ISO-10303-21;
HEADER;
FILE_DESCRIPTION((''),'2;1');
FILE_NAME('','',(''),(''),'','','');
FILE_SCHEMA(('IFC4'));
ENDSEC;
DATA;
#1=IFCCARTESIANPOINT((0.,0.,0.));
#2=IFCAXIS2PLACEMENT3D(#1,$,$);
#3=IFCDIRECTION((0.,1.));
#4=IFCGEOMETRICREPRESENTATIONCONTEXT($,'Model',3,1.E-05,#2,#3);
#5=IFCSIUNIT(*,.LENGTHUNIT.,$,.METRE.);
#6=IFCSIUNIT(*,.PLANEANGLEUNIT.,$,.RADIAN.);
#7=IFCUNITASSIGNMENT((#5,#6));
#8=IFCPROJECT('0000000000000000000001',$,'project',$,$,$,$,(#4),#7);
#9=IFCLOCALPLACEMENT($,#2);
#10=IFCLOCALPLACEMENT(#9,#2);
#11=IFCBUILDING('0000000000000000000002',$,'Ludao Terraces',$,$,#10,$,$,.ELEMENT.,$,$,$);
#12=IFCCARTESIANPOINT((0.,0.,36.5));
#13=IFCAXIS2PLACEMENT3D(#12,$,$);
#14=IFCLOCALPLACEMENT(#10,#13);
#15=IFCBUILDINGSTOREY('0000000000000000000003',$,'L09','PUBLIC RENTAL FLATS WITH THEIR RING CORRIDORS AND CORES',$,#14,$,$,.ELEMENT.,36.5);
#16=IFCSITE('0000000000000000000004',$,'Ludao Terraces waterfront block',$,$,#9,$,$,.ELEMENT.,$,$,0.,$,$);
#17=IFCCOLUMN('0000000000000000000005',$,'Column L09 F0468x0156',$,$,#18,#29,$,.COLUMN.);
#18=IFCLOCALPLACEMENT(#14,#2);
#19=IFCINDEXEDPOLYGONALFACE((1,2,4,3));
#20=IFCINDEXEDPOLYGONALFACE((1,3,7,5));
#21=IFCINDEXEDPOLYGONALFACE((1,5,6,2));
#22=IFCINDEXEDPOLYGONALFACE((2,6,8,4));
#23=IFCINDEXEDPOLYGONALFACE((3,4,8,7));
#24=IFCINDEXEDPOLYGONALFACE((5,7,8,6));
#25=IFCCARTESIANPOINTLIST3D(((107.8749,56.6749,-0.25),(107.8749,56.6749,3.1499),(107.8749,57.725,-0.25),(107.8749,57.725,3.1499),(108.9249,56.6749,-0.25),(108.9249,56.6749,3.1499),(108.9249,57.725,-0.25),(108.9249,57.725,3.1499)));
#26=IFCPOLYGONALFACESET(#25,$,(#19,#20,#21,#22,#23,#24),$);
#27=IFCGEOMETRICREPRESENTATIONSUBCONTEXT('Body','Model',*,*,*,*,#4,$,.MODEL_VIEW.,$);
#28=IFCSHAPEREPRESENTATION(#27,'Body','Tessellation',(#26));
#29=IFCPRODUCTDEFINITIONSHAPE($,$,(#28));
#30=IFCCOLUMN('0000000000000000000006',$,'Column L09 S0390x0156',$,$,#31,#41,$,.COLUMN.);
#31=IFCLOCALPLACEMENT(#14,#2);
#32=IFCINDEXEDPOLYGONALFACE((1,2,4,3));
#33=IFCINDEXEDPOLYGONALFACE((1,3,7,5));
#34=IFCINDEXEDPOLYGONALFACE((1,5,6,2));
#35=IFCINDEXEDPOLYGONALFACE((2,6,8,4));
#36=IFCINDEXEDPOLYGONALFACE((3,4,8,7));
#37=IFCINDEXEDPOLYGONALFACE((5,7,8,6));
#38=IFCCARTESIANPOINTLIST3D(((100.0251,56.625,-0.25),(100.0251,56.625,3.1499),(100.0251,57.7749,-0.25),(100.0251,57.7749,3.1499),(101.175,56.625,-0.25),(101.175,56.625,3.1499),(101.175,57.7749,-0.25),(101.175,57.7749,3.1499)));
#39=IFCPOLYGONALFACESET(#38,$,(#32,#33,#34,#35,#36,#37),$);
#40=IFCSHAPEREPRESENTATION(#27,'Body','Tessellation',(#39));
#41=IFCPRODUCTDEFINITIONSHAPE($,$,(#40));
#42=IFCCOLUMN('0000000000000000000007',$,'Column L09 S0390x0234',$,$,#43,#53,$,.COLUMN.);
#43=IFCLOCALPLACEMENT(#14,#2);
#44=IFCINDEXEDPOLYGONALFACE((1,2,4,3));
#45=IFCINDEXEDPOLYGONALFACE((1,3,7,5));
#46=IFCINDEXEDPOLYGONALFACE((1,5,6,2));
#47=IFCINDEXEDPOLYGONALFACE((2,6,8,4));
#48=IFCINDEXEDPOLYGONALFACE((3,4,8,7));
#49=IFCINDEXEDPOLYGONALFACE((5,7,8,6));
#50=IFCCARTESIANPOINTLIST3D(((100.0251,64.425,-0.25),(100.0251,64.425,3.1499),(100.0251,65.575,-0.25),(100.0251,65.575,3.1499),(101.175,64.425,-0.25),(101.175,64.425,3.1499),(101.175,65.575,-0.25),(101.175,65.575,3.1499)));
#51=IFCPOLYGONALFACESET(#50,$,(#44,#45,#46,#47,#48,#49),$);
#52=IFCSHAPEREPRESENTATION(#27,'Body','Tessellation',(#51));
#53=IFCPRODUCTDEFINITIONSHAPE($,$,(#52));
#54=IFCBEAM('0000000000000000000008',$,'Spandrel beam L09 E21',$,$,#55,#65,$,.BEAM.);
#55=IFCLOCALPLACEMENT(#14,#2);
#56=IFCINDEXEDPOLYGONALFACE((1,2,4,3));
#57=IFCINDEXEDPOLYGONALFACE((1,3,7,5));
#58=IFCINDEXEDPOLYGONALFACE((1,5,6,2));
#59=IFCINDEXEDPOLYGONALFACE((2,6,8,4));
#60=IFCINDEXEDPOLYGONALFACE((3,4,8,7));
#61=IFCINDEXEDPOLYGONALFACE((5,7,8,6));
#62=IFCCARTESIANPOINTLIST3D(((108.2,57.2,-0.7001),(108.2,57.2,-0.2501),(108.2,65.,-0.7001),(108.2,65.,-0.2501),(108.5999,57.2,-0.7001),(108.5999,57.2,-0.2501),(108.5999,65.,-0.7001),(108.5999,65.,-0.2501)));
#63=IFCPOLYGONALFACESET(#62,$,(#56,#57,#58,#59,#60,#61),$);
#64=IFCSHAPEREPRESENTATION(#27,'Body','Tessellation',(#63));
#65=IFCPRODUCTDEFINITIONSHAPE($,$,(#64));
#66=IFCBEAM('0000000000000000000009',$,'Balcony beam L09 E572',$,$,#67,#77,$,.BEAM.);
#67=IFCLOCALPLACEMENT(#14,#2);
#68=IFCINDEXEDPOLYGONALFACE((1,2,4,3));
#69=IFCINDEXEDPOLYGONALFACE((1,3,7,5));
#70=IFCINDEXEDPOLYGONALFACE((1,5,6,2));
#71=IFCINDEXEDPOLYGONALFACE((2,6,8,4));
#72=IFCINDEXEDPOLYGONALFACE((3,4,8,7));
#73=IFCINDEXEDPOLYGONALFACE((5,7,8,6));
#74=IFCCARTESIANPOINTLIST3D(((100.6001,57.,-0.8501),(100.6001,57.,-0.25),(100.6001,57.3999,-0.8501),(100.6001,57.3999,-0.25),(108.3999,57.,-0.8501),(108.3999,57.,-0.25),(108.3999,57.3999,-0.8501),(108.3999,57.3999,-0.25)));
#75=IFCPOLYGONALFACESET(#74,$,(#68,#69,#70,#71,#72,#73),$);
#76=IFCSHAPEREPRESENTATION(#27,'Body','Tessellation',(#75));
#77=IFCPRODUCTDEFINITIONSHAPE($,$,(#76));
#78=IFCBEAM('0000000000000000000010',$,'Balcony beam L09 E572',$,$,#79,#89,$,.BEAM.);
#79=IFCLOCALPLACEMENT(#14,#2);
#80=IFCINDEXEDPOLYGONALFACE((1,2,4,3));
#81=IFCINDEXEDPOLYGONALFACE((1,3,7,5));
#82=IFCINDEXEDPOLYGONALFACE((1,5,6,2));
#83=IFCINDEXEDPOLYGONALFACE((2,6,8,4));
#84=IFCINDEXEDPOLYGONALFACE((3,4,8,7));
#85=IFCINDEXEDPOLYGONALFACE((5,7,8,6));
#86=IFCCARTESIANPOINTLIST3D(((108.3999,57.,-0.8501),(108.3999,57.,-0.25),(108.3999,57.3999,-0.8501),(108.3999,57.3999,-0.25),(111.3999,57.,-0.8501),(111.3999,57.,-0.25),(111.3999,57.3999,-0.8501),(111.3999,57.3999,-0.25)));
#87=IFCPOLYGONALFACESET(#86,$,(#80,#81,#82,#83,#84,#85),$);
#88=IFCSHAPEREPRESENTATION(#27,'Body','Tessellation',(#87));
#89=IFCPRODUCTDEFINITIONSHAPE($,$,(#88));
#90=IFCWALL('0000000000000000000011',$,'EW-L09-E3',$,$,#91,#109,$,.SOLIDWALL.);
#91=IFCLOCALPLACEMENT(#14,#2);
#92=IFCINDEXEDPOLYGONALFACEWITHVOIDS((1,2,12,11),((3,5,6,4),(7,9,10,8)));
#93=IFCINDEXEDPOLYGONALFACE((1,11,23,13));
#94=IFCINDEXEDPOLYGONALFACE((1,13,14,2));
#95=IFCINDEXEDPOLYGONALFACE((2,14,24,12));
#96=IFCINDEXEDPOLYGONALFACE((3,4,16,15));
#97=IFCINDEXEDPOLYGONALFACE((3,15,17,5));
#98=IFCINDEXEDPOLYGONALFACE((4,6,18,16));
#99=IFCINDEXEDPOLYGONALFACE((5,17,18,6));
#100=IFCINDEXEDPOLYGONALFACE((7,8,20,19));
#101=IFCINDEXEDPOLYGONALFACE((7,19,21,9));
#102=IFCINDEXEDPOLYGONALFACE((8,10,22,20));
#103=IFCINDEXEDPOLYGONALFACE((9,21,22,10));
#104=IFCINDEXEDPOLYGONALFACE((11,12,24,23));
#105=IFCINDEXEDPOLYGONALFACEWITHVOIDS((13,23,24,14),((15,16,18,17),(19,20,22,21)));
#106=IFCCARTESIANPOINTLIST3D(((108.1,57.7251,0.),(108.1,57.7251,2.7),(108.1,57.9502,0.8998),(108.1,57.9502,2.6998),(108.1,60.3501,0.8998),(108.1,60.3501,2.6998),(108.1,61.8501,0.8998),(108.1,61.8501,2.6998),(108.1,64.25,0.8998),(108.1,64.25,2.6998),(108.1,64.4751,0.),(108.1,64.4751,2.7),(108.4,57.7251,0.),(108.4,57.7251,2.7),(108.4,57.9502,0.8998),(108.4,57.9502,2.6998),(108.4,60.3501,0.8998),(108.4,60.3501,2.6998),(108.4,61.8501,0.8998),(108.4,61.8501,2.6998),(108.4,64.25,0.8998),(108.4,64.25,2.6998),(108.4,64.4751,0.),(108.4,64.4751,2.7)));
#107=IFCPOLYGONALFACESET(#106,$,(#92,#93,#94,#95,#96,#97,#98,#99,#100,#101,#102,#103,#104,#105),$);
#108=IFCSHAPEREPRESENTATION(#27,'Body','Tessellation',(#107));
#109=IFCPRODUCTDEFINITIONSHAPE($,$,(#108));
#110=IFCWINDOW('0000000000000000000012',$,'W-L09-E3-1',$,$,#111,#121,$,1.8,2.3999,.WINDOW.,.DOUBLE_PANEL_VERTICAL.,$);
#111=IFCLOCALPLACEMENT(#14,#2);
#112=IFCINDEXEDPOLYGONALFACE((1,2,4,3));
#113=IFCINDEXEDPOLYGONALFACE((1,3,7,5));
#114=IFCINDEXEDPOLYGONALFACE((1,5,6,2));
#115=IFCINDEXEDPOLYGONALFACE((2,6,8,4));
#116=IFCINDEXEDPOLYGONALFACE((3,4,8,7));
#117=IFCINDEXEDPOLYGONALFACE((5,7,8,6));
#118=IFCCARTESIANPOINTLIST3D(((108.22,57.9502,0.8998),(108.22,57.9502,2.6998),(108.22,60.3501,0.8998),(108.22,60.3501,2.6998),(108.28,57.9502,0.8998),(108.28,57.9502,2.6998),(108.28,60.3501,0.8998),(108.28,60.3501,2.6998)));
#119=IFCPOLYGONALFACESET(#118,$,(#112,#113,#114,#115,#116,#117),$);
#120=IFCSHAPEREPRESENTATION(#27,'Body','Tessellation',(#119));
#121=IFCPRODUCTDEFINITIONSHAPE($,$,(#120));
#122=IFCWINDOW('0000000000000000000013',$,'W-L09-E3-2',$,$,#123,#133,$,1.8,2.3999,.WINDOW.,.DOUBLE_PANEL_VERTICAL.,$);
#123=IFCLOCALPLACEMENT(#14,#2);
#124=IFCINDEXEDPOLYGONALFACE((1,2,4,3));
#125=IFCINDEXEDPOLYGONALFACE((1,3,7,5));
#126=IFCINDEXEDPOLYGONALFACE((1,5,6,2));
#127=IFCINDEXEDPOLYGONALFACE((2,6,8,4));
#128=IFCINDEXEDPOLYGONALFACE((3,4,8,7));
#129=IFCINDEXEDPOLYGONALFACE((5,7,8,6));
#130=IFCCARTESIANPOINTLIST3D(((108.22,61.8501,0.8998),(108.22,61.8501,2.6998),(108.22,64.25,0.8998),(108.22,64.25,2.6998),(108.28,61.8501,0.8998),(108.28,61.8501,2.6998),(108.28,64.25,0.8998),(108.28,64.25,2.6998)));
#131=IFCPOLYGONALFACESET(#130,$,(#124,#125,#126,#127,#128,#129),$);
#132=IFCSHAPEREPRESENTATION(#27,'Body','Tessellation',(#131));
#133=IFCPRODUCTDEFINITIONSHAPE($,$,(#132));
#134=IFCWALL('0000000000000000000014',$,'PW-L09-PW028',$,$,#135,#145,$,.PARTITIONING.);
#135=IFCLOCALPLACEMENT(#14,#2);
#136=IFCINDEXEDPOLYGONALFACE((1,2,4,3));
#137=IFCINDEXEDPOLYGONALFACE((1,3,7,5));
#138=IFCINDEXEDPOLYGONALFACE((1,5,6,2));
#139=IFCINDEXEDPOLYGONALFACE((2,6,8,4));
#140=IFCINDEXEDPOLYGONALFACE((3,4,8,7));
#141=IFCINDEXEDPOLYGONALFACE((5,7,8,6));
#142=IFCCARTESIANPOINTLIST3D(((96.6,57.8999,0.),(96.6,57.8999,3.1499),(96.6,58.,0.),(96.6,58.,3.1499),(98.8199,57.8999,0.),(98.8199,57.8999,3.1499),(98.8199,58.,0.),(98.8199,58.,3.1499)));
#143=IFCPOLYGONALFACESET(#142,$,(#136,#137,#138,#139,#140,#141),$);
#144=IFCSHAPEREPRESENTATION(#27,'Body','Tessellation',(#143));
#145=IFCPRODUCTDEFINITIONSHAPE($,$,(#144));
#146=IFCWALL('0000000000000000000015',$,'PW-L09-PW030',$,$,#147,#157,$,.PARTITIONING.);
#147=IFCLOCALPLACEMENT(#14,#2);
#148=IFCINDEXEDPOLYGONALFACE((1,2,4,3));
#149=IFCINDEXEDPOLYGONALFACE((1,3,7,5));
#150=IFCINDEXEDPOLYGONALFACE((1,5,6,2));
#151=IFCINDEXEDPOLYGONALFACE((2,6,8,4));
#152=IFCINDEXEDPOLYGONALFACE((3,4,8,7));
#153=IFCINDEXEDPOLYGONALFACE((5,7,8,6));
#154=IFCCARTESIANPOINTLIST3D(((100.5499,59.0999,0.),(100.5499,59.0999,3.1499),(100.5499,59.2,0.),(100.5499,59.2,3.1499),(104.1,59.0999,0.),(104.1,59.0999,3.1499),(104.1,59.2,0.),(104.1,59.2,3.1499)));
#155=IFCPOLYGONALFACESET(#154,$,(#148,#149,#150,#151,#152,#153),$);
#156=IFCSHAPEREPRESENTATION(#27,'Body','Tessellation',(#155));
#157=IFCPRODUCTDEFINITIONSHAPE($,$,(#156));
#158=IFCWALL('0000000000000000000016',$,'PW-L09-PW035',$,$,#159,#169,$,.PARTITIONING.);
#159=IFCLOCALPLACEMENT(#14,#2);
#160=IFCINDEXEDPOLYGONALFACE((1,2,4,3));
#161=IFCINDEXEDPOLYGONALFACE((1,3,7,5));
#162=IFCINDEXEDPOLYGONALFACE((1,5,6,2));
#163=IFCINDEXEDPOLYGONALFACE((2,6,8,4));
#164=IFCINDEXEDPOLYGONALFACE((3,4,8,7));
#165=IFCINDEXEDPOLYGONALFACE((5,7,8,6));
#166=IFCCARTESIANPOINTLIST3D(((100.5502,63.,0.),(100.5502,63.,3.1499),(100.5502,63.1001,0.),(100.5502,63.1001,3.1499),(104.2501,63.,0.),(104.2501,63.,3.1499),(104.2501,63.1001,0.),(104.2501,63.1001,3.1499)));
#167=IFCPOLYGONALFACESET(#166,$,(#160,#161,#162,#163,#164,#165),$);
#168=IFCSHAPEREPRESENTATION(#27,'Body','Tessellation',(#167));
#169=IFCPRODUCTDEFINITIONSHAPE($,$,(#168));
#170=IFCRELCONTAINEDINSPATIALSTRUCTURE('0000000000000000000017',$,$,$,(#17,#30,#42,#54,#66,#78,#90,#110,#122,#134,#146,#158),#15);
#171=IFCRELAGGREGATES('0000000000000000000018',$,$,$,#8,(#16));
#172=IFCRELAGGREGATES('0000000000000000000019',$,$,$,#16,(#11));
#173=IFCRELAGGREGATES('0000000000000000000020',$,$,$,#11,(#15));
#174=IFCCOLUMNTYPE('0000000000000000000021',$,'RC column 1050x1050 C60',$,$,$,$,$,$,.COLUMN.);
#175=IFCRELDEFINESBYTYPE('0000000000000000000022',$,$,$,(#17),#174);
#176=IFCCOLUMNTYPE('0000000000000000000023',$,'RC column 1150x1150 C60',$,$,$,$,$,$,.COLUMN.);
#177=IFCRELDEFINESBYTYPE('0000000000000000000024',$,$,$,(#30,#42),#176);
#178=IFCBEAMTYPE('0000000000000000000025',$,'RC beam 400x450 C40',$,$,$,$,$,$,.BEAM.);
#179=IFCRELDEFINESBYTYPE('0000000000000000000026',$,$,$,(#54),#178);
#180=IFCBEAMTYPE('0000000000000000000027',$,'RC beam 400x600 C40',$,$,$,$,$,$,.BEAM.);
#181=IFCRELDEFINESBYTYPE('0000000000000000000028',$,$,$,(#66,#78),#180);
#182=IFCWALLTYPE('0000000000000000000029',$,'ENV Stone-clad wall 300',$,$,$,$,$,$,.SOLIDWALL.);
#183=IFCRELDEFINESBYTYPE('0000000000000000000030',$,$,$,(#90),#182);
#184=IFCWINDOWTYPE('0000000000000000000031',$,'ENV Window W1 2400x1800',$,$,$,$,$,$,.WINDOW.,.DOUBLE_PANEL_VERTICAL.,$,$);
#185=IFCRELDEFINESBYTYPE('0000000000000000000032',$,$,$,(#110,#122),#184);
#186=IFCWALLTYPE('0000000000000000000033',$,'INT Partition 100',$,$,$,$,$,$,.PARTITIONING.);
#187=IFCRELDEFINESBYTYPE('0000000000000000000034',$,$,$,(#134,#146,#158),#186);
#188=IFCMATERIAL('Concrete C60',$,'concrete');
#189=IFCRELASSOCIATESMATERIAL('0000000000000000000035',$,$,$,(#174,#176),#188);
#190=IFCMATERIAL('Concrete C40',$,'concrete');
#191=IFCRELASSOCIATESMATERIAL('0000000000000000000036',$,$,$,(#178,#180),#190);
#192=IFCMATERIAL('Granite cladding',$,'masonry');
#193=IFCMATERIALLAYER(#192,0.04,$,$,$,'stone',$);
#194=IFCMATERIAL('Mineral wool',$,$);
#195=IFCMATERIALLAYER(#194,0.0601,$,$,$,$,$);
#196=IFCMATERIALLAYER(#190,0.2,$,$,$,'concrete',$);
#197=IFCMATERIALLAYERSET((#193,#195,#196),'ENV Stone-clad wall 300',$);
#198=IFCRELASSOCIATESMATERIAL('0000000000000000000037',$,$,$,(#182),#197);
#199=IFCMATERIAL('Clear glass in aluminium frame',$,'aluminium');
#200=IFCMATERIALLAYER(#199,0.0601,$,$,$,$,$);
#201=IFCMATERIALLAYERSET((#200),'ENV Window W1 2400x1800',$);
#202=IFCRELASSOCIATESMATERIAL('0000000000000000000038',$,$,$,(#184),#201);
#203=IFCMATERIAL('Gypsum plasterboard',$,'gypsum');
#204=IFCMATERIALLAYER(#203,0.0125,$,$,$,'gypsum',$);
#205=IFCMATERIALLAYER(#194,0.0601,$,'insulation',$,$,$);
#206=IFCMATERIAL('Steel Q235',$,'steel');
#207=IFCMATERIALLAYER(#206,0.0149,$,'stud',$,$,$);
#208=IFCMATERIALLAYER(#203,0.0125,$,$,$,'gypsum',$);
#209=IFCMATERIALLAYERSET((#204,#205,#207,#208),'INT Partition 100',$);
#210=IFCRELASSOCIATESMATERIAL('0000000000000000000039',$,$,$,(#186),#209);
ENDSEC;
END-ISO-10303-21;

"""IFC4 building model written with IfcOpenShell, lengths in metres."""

from ifc_helpers import new_model, si_unit, direction, frame, frame_2d, origin, origin_2d, place, context, subcontext, project, spatial, rectangle, extrude, material, layer, layer_set, material_profile, profile_set, type_object, element, fill, save


model = new_model("IFC4")

# Units and contexts
model_context = context("Model", 3, precision=1e-05, world=origin(), true_north=direction((0.0, 1.0)))
body_context = subcontext(model_context, "Body", "Model", "MODEL_VIEW")
ifc_project = project(units=[si_unit("LENGTHUNIT", "METRE"), si_unit("PLANEANGLEUNIT", "RADIAN")], contexts=[model_context])

# Site, building, storey
site_placement = place(None, origin())
site = spatial("IfcSite", under=ifc_project, at=site_placement, Name="Ludao Terraces waterfront block", CompositionType="ELEMENT", RefElevation=0.0)
building_placement = place(site_placement, origin())
building = spatial("IfcBuilding", under=site, at=building_placement, Name="Ludao Terraces", CompositionType="ELEMENT")
storey_placement = place(building_placement, frame((0.0, 0.0, 36.5)))
storey = spatial("IfcBuildingStorey", under=building, at=storey_placement, Name="L09", Description="PUBLIC RENTAL FLATS WITH THEIR RING CORRIDORS AND CORES", CompositionType="ELEMENT", Elevation=36.5)

# Columns
ifc_material_1 = material(Name="Concrete C60", Category="concrete")
ifc_material_profile_1 = material_profile(ifc_material_1, rectangle(XDim=1.05, YDim=1.05, at=origin_2d()), Name="1050 X 1050")
ifc_profile_set_1 = profile_set([ifc_material_profile_1], Name="Concrete C60")
column_type_1 = type_object("IfcColumnType", Name="RC column 1050x1050 C60", PredefinedType="COLUMN", material=ifc_profile_set_1)
column_placement = place(storey_placement, frame((108.3999, 57.2, -0.25), z_axis=(0.0, 0.0, 1.0), x_axis=(1.0, 0.0, 0.0)))
element("IfcColumn", 1, at=column_placement, inside=storey, type_object=column_type_1, Name="Column L09 F0468x0156", PredefinedType="COLUMN", context=body_context, shape_type="SweptSolid", body=[
    extrude(rectangle(XDim=1.05, YDim=1.05, at=origin_2d()), origin(), (0.0, 0.0, 1.0), 3.3999),
])
ifc_material_profile_2 = material_profile(ifc_material_1, rectangle(XDim=1.1499, YDim=1.1499, at=origin_2d()), Name="1150 X 1150")
ifc_profile_set_2 = profile_set([ifc_material_profile_2], Name="Concrete C60")
column_type_2 = type_object("IfcColumnType", Name="RC column 1150x1150 C60", PredefinedType="COLUMN", material=ifc_profile_set_2)
for number, where, z_axis, x_axis, name in (
    (2, (100.6001, 57.2, -0.25), (0.0, 0.0, 1.0), (1.0, 0.0, 0.0), "Column L09 S0390x0156"),
    (3, (100.6001, 65.0, -0.25), (0.0, 0.0, 1.0), (1.0, 0.0, 0.0), "Column L09 S0390x0234"),
):
    element("IfcColumn", number, at=place(storey_placement, frame(where, z_axis=z_axis, x_axis=x_axis)), inside=storey, type_object=column_type_2, Name=name, PredefinedType="COLUMN", context=body_context, shape_type="SweptSolid", body=[
        extrude(rectangle(XDim=1.1499, YDim=1.1499, at=origin_2d()), origin(), (0.0, 0.0, 1.0), 3.3999),
    ])

# Beams
ifc_material_2 = material(Name="Concrete C40", Category="concrete")
ifc_material_profile_3 = material_profile(ifc_material_2, rectangle(XDim=0.3999, YDim=0.45, at=origin_2d()), Name="400 X 450")
ifc_profile_set_3 = profile_set([ifc_material_profile_3], Name="Concrete C40")
beam_type_1 = type_object("IfcBeamType", Name="RC beam 400x450 C40", PredefinedType="BEAM", material=ifc_profile_set_3)
beam_1_placement = place(storey_placement, frame((108.3999, 57.2, -0.4751), z_axis=(0.0, 1.0, 0.0), x_axis=(-1.0, 0.0, 0.0)))
element("IfcBeam", 4, at=beam_1_placement, inside=storey, type_object=beam_type_1, Name="Spandrel beam L09 E21", PredefinedType="BEAM", context=body_context, shape_type="SweptSolid", body=[
    extrude(rectangle(XDim=0.3999, YDim=0.45, at=origin_2d()), origin(), (0.0, 0.0, 1.0), 7.8),
])
ifc_material_profile_4 = material_profile(ifc_material_2, rectangle(XDim=0.3999, YDim=0.6001, at=origin_2d()), Name="400 X 600")
ifc_profile_set_4 = profile_set([ifc_material_profile_4], Name="Concrete C40")
beam_type_2 = type_object("IfcBeamType", Name="RC beam 400x600 C40", PredefinedType="BEAM", material=ifc_profile_set_4)
beam_2_placement = place(storey_placement, frame((100.6001, 57.2, -0.55), z_axis=(1.0, 0.0, 0.0), x_axis=(0.0, 1.0, 0.0)))
element("IfcBeam", 5, at=beam_2_placement, inside=storey, type_object=beam_type_2, Name="Balcony beam L09 E572", PredefinedType="BEAM", context=body_context, shape_type="SweptSolid", body=[
    extrude(rectangle(XDim=0.3999, YDim=0.6001, at=origin_2d()), origin(), (0.0, 0.0, 1.0), 7.7998),
])
beam_3_placement = place(storey_placement, frame((108.3999, 57.2, -0.55), z_axis=(1.0, 0.0, 0.0), x_axis=(0.0, 1.0, 0.0)))
element("IfcBeam", 6, at=beam_3_placement, inside=storey, type_object=beam_type_2, Name="Balcony beam L09 E572", PredefinedType="BEAM", context=body_context, shape_type="SweptSolid", body=[
    extrude(rectangle(XDim=0.3999, YDim=0.6001, at=origin_2d()), origin(), (0.0, 0.0, 1.0), 3.0),
])

# Wall, openings, windows
ifc_material_3 = material(Name="Granite cladding", Category="masonry")
ifc_layer_1 = layer(ifc_material_3, 0.04, Category="stone")
ifc_material_4 = material(Name="Mineral wool")
ifc_layer_2 = layer(ifc_material_4, 0.0601)
ifc_layer_3 = layer(ifc_material_2, 0.2, Category="concrete")
ifc_layer_set_1 = layer_set([ifc_layer_1, ifc_layer_2, ifc_layer_3], Name="ENV Stone-clad wall 300")
wall_type_1 = type_object("IfcWallType", Name="ENV Stone-clad wall 300", PredefinedType="SOLIDWALL", material=ifc_layer_set_1)
wall_1_placement = place(storey_placement, frame((108.25, 57.7251, 0.0), z_axis=(0.0, 0.0, 1.0), x_axis=(0.0, 1.0, 0.0)))
wall_1 = element("IfcWall", 7, at=wall_1_placement, inside=storey, type_object=wall_type_1, Name="EW-L09-E3", PredefinedType="SOLIDWALL", context=body_context, shape_type="SweptSolid", body=[
    extrude(rectangle(XDim=6.75, YDim=0.3, at=frame_2d((3.375, 0.0))), origin(), (0.0, 0.0, 1.0), 2.7),
])
opening_1_placement = place(wall_1_placement, frame((0.2251, 0.0, 0.8999)))
opening_1 = element("IfcOpeningElement", 8, at=opening_1_placement, cuts=wall_1, PredefinedType="OPENING", context=body_context, shape_type="SweptSolid", body=[
    extrude(rectangle(XDim=2.3999, YDim=1.8, at=frame_2d((1.2, 0.8999))), frame((0.0, 0.1602, 0.0), z_axis=(0.0, -1.0, 0.0), x_axis=(1.0, 0.0, 0.0)), (0.0, 0.0, 1.0), 0.3201),
])
opening_2_placement = place(wall_1_placement, frame((4.125, 0.0, 0.8999)))
opening_2 = element("IfcOpeningElement", 9, at=opening_2_placement, cuts=wall_1, PredefinedType="OPENING", context=body_context, shape_type="SweptSolid", body=[
    extrude(rectangle(XDim=2.3999, YDim=1.8, at=frame_2d((1.2, 0.8999))), frame((0.0, 0.1602, 0.0), z_axis=(0.0, -1.0, 0.0), x_axis=(1.0, 0.0, 0.0)), (0.0, 0.0, 1.0), 0.3201),
])
ifc_material_5 = material(Name="Clear glass in aluminium frame", Category="aluminium")
ifc_layer_4 = layer(ifc_material_5, 0.0601)
ifc_layer_set_2 = layer_set([ifc_layer_4], Name="ENV Window W1 2400x1800")
window_type = type_object("IfcWindowType", Name="ENV Window W1 2400x1800", PartitioningType="DOUBLE_PANEL_VERTICAL", PredefinedType="WINDOW", material=ifc_layer_set_2)
window_1_placement = place(opening_1_placement, origin())
window_1 = element("IfcWindow", 10, at=window_1_placement, inside=storey, type_object=window_type, Name="W-L09-E3-1", OverallHeight=1.8, OverallWidth=2.3999, PartitioningType="DOUBLE_PANEL_VERTICAL", PredefinedType="WINDOW", context=body_context, shape_type="SweptSolid", body=[
    extrude(rectangle(XDim=2.3999, YDim=1.8, at=frame_2d((1.2, 0.8999))), frame((0.0, 0.03, 0.0), z_axis=(0.0, -1.0, 0.0), x_axis=(1.0, 0.0, 0.0)), (0.0, 0.0, 1.0), 0.0601),
])
fill(opening_1, window_1)
window_2_placement = place(opening_2_placement, origin())
window_2 = element("IfcWindow", 11, at=window_2_placement, inside=storey, type_object=window_type, Name="W-L09-E3-2", OverallHeight=1.8, OverallWidth=2.3999, PartitioningType="DOUBLE_PANEL_VERTICAL", PredefinedType="WINDOW", context=body_context, shape_type="SweptSolid", body=[
    extrude(rectangle(XDim=2.3999, YDim=1.8, at=frame_2d((1.2, 0.8999))), frame((0.0, 0.03, 0.0), z_axis=(0.0, -1.0, 0.0), x_axis=(1.0, 0.0, 0.0)), (0.0, 0.0, 1.0), 0.0601),
])
fill(opening_2, window_2)

# Walls
ifc_material_6 = material(Name="Gypsum plasterboard", Category="gypsum")
ifc_layer_5 = layer(ifc_material_6, 0.0125, Category="gypsum")
ifc_layer_6 = layer(ifc_material_4, 0.0601, Name="insulation")
ifc_material_7 = material(Name="Steel Q235", Category="steel")
ifc_layer_7 = layer(ifc_material_7, 0.0149, Name="stud")
ifc_layer_8 = layer(ifc_material_6, 0.0125, Category="gypsum")
ifc_layer_set_3 = layer_set([ifc_layer_5, ifc_layer_6, ifc_layer_7, ifc_layer_8], Name="INT Partition 100")
wall_type_2 = type_object("IfcWallType", Name="INT Partition 100", PredefinedType="PARTITIONING", material=ifc_layer_set_3)
wall_2_placement = place(storey_placement, frame((96.6001, 57.95, 0.0), z_axis=(0.0, 0.0, 1.0), x_axis=(1.0, 0.0, 0.0)))
element("IfcWall", 12, at=wall_2_placement, inside=storey, type_object=wall_type_2, Name="PW-L09-PW028", PredefinedType="PARTITIONING", context=body_context, shape_type="SweptSolid", body=[
    extrude(rectangle(XDim=2.22, YDim=0.1001, at=frame_2d((1.1099, 0.0))), origin(), (0.0, 0.0, 1.0), 3.1499),
])
wall_3_placement = place(storey_placement, frame((100.55, 59.1499, 0.0), z_axis=(0.0, 0.0, 1.0), x_axis=(1.0, 0.0, 0.0)))
element("IfcWall", 13, at=wall_3_placement, inside=storey, type_object=wall_type_2, Name="PW-L09-PW030", PredefinedType="PARTITIONING", context=body_context, shape_type="SweptSolid", body=[
    extrude(rectangle(XDim=3.55, YDim=0.1001, at=frame_2d((1.7749, 0.0))), origin(), (0.0, 0.0, 1.0), 3.1499),
])
wall_4_placement = place(storey_placement, frame((100.55, 63.05, 0.0), z_axis=(0.0, 0.0, 1.0), x_axis=(1.0, 0.0, 0.0)))
element("IfcWall", 14, at=wall_4_placement, inside=storey, type_object=wall_type_2, Name="PW-L09-PW035", PredefinedType="PARTITIONING", context=body_context, shape_type="SweptSolid", body=[
    extrude(rectangle(XDim=3.7, YDim=0.1001, at=frame_2d((1.8501, 0.0))), origin(), (0.0, 0.0, 1.0), 3.1499),
])

save(model, "model.ifc")
